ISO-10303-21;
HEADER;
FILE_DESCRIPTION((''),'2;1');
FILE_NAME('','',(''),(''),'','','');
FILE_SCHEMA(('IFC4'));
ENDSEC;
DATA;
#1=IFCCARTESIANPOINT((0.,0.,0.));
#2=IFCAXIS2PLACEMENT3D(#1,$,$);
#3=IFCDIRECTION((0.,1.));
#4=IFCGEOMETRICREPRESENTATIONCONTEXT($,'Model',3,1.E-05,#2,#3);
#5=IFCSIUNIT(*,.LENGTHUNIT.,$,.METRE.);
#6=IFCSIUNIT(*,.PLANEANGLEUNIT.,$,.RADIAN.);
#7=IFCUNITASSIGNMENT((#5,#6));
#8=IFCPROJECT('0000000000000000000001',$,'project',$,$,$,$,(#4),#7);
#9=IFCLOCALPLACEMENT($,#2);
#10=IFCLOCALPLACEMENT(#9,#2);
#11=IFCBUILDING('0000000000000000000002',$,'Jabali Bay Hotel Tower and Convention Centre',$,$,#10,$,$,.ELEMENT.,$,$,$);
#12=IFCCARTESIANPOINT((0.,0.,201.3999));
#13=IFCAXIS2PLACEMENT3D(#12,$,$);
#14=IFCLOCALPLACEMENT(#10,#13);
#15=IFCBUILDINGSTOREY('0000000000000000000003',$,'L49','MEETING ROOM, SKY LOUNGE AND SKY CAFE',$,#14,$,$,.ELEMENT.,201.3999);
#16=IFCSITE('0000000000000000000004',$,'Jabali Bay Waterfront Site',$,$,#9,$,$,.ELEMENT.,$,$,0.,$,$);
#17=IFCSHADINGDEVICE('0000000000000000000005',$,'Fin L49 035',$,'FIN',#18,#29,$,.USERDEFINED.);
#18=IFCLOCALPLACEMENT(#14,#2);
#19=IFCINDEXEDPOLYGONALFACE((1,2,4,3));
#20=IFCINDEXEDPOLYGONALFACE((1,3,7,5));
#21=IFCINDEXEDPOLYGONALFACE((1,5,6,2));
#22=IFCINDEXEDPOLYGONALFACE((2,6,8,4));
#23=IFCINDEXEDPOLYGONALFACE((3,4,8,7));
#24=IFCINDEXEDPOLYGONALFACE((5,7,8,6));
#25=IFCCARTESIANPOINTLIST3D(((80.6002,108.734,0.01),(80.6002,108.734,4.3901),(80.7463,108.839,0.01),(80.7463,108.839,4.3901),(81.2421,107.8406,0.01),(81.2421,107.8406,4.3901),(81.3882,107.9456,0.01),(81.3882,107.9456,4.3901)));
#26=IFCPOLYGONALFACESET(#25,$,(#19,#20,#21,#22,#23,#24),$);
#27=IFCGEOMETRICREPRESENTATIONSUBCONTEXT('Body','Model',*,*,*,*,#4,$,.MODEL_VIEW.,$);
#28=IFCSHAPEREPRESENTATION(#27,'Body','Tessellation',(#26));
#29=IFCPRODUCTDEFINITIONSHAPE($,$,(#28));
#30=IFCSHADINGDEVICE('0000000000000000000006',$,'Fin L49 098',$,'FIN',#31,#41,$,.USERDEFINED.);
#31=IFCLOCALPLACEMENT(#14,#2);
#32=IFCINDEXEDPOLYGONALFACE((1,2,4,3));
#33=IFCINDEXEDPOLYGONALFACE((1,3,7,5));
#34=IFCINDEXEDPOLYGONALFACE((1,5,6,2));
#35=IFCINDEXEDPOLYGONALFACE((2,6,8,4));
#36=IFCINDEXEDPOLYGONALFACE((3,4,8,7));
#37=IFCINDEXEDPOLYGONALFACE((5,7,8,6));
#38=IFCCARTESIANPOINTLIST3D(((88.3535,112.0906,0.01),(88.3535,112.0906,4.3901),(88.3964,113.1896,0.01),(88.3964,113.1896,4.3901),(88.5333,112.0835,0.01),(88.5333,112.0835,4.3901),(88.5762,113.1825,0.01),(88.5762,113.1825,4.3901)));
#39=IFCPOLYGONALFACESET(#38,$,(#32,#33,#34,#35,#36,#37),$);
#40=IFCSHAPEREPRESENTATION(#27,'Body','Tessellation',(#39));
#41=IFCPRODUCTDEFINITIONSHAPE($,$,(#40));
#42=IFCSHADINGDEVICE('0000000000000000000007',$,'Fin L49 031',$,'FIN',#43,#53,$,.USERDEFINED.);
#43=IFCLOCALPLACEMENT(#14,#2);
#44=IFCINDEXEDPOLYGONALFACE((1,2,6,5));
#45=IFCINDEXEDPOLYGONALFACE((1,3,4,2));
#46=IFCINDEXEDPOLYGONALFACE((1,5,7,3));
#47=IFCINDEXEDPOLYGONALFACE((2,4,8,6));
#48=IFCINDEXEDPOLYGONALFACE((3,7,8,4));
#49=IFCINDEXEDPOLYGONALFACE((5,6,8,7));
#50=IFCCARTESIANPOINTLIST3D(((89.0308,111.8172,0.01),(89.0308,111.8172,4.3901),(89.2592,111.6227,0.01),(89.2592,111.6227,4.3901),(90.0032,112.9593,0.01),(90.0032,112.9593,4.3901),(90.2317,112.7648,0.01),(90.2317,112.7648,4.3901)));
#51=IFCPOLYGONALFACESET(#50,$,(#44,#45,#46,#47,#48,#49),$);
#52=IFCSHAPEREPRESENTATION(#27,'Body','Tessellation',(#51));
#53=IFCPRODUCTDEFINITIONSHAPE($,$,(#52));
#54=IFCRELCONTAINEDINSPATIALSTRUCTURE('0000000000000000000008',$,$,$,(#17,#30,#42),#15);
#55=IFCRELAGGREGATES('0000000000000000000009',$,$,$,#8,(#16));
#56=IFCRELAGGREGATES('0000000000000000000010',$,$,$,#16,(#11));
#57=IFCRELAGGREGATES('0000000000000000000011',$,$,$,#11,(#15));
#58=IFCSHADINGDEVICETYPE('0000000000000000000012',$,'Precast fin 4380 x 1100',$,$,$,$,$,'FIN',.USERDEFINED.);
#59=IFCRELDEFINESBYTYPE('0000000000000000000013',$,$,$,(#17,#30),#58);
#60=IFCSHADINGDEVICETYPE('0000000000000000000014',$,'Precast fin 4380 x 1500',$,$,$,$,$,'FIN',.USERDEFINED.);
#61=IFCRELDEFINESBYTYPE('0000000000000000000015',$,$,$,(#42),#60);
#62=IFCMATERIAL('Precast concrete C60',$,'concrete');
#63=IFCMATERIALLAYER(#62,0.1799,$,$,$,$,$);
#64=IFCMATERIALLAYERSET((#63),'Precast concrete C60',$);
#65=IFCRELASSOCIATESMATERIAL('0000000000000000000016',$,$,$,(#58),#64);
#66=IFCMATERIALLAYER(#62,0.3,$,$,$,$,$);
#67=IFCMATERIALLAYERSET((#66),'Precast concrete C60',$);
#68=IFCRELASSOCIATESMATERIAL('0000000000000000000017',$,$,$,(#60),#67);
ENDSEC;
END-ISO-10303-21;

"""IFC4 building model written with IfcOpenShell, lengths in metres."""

from ifc_helpers import new_model, si_unit, direction, frame, frame_2d, origin, place, context, subcontext, project, spatial, rectangle, extrude, material, layer, layer_set, type_object, element, save


model = new_model("IFC4")

# Units and contexts
model_context = context("Model", 3, precision=1e-05, world=origin(), true_north=direction((0.0, 1.0)))
body_context = subcontext(model_context, "Body", "Model", "MODEL_VIEW")
ifc_project = project(units=[si_unit("LENGTHUNIT", "METRE"), si_unit("PLANEANGLEUNIT", "RADIAN")], contexts=[model_context])

# Site, building, storey
site_placement = place(None, origin())
site = spatial("IfcSite", under=ifc_project, at=site_placement, Name="Jabali Bay Waterfront Site", CompositionType="ELEMENT", RefElevation=0.0)
building_placement = place(site_placement, origin())
building = spatial("IfcBuilding", under=site, at=building_placement, Name="Jabali Bay Hotel Tower and Convention Centre", CompositionType="ELEMENT")
storey_placement = place(building_placement, frame((0.0, 0.0, 201.3999)))
storey = spatial("IfcBuildingStorey", under=building, at=storey_placement, Name="L49", Description="MEETING ROOM, SKY LOUNGE AND SKY CAFE", CompositionType="ELEMENT", Elevation=201.3999)

# Shading devices
ifc_material_1 = material(Name="Precast concrete C60", Category="concrete")
ifc_layer_1 = layer(ifc_material_1, 0.1799)
ifc_layer_set_1 = layer_set([ifc_layer_1], Name="Precast concrete C60")
shading_device_type_1 = type_object("IfcShadingDeviceType", Name="Precast fin 4380 x 1100", ElementType="FIN", PredefinedType="USERDEFINED", material=ifc_layer_set_1)
for number, where, z_axis, x_axis, name in (
    (1, (81.3152, 107.8931, 0.01), (0.0, 0.0, 1.0), (-0.583503, 0.812111, 0.0), "Fin L49 035"),
):
    element("IfcShadingDevice", number, at=place(storey_placement, frame(where, z_axis=z_axis, x_axis=x_axis)), inside=storey, type_object=shading_device_type_1, Name=name, ObjectType="FIN", PredefinedType="USERDEFINED", context=body_context, shape_type="SweptSolid", body=[
        extrude(rectangle(XDim=1.1001, YDim=0.1799, at=frame_2d((0.55, 0.0))), origin(), (0.0, 0.0, 1.0), 4.3801),
    ])
shading_device_1_placement = place(storey_placement, frame((88.4434, 112.0872, 0.01), z_axis=(0.0, 0.0, 1.0), x_axis=(0.039064, 0.999237, 0.0)))
element("IfcShadingDevice", 2, at=shading_device_1_placement, inside=storey, type_object=shading_device_type_1, Name="Fin L49 098", ObjectType="FIN", PredefinedType="USERDEFINED", context=body_context, shape_type="SweptSolid", body=[
    extrude(rectangle(XDim=1.0999, YDim=0.1799, at=frame_2d((0.5498, 0.0))), origin(), (0.0, 0.0, 1.0), 4.3801),
])
ifc_layer_2 = layer(ifc_material_1, 0.3)
ifc_layer_set_2 = layer_set([ifc_layer_2], Name="Precast concrete C60")
shading_device_type_2 = type_object("IfcShadingDeviceType", Name="Precast fin 4380 x 1500", ElementType="FIN", PredefinedType="USERDEFINED", material=ifc_layer_set_2)
shading_device_2_placement = place(storey_placement, frame((89.145, 111.72, 0.01), z_axis=(0.0, 0.0, 1.0), x_axis=(0.648281, 0.761401, 0.0)))
element("IfcShadingDevice", 3, at=shading_device_2_placement, inside=storey, type_object=shading_device_type_2, Name="Fin L49 031", ObjectType="FIN", PredefinedType="USERDEFINED", context=body_context, shape_type="SweptSolid", body=[
    extrude(rectangle(XDim=1.5, YDim=0.3, at=frame_2d((0.75, 0.0))), origin(), (0.0, 0.0, 1.0), 4.3801),
])

save(model, "model.ifc")
